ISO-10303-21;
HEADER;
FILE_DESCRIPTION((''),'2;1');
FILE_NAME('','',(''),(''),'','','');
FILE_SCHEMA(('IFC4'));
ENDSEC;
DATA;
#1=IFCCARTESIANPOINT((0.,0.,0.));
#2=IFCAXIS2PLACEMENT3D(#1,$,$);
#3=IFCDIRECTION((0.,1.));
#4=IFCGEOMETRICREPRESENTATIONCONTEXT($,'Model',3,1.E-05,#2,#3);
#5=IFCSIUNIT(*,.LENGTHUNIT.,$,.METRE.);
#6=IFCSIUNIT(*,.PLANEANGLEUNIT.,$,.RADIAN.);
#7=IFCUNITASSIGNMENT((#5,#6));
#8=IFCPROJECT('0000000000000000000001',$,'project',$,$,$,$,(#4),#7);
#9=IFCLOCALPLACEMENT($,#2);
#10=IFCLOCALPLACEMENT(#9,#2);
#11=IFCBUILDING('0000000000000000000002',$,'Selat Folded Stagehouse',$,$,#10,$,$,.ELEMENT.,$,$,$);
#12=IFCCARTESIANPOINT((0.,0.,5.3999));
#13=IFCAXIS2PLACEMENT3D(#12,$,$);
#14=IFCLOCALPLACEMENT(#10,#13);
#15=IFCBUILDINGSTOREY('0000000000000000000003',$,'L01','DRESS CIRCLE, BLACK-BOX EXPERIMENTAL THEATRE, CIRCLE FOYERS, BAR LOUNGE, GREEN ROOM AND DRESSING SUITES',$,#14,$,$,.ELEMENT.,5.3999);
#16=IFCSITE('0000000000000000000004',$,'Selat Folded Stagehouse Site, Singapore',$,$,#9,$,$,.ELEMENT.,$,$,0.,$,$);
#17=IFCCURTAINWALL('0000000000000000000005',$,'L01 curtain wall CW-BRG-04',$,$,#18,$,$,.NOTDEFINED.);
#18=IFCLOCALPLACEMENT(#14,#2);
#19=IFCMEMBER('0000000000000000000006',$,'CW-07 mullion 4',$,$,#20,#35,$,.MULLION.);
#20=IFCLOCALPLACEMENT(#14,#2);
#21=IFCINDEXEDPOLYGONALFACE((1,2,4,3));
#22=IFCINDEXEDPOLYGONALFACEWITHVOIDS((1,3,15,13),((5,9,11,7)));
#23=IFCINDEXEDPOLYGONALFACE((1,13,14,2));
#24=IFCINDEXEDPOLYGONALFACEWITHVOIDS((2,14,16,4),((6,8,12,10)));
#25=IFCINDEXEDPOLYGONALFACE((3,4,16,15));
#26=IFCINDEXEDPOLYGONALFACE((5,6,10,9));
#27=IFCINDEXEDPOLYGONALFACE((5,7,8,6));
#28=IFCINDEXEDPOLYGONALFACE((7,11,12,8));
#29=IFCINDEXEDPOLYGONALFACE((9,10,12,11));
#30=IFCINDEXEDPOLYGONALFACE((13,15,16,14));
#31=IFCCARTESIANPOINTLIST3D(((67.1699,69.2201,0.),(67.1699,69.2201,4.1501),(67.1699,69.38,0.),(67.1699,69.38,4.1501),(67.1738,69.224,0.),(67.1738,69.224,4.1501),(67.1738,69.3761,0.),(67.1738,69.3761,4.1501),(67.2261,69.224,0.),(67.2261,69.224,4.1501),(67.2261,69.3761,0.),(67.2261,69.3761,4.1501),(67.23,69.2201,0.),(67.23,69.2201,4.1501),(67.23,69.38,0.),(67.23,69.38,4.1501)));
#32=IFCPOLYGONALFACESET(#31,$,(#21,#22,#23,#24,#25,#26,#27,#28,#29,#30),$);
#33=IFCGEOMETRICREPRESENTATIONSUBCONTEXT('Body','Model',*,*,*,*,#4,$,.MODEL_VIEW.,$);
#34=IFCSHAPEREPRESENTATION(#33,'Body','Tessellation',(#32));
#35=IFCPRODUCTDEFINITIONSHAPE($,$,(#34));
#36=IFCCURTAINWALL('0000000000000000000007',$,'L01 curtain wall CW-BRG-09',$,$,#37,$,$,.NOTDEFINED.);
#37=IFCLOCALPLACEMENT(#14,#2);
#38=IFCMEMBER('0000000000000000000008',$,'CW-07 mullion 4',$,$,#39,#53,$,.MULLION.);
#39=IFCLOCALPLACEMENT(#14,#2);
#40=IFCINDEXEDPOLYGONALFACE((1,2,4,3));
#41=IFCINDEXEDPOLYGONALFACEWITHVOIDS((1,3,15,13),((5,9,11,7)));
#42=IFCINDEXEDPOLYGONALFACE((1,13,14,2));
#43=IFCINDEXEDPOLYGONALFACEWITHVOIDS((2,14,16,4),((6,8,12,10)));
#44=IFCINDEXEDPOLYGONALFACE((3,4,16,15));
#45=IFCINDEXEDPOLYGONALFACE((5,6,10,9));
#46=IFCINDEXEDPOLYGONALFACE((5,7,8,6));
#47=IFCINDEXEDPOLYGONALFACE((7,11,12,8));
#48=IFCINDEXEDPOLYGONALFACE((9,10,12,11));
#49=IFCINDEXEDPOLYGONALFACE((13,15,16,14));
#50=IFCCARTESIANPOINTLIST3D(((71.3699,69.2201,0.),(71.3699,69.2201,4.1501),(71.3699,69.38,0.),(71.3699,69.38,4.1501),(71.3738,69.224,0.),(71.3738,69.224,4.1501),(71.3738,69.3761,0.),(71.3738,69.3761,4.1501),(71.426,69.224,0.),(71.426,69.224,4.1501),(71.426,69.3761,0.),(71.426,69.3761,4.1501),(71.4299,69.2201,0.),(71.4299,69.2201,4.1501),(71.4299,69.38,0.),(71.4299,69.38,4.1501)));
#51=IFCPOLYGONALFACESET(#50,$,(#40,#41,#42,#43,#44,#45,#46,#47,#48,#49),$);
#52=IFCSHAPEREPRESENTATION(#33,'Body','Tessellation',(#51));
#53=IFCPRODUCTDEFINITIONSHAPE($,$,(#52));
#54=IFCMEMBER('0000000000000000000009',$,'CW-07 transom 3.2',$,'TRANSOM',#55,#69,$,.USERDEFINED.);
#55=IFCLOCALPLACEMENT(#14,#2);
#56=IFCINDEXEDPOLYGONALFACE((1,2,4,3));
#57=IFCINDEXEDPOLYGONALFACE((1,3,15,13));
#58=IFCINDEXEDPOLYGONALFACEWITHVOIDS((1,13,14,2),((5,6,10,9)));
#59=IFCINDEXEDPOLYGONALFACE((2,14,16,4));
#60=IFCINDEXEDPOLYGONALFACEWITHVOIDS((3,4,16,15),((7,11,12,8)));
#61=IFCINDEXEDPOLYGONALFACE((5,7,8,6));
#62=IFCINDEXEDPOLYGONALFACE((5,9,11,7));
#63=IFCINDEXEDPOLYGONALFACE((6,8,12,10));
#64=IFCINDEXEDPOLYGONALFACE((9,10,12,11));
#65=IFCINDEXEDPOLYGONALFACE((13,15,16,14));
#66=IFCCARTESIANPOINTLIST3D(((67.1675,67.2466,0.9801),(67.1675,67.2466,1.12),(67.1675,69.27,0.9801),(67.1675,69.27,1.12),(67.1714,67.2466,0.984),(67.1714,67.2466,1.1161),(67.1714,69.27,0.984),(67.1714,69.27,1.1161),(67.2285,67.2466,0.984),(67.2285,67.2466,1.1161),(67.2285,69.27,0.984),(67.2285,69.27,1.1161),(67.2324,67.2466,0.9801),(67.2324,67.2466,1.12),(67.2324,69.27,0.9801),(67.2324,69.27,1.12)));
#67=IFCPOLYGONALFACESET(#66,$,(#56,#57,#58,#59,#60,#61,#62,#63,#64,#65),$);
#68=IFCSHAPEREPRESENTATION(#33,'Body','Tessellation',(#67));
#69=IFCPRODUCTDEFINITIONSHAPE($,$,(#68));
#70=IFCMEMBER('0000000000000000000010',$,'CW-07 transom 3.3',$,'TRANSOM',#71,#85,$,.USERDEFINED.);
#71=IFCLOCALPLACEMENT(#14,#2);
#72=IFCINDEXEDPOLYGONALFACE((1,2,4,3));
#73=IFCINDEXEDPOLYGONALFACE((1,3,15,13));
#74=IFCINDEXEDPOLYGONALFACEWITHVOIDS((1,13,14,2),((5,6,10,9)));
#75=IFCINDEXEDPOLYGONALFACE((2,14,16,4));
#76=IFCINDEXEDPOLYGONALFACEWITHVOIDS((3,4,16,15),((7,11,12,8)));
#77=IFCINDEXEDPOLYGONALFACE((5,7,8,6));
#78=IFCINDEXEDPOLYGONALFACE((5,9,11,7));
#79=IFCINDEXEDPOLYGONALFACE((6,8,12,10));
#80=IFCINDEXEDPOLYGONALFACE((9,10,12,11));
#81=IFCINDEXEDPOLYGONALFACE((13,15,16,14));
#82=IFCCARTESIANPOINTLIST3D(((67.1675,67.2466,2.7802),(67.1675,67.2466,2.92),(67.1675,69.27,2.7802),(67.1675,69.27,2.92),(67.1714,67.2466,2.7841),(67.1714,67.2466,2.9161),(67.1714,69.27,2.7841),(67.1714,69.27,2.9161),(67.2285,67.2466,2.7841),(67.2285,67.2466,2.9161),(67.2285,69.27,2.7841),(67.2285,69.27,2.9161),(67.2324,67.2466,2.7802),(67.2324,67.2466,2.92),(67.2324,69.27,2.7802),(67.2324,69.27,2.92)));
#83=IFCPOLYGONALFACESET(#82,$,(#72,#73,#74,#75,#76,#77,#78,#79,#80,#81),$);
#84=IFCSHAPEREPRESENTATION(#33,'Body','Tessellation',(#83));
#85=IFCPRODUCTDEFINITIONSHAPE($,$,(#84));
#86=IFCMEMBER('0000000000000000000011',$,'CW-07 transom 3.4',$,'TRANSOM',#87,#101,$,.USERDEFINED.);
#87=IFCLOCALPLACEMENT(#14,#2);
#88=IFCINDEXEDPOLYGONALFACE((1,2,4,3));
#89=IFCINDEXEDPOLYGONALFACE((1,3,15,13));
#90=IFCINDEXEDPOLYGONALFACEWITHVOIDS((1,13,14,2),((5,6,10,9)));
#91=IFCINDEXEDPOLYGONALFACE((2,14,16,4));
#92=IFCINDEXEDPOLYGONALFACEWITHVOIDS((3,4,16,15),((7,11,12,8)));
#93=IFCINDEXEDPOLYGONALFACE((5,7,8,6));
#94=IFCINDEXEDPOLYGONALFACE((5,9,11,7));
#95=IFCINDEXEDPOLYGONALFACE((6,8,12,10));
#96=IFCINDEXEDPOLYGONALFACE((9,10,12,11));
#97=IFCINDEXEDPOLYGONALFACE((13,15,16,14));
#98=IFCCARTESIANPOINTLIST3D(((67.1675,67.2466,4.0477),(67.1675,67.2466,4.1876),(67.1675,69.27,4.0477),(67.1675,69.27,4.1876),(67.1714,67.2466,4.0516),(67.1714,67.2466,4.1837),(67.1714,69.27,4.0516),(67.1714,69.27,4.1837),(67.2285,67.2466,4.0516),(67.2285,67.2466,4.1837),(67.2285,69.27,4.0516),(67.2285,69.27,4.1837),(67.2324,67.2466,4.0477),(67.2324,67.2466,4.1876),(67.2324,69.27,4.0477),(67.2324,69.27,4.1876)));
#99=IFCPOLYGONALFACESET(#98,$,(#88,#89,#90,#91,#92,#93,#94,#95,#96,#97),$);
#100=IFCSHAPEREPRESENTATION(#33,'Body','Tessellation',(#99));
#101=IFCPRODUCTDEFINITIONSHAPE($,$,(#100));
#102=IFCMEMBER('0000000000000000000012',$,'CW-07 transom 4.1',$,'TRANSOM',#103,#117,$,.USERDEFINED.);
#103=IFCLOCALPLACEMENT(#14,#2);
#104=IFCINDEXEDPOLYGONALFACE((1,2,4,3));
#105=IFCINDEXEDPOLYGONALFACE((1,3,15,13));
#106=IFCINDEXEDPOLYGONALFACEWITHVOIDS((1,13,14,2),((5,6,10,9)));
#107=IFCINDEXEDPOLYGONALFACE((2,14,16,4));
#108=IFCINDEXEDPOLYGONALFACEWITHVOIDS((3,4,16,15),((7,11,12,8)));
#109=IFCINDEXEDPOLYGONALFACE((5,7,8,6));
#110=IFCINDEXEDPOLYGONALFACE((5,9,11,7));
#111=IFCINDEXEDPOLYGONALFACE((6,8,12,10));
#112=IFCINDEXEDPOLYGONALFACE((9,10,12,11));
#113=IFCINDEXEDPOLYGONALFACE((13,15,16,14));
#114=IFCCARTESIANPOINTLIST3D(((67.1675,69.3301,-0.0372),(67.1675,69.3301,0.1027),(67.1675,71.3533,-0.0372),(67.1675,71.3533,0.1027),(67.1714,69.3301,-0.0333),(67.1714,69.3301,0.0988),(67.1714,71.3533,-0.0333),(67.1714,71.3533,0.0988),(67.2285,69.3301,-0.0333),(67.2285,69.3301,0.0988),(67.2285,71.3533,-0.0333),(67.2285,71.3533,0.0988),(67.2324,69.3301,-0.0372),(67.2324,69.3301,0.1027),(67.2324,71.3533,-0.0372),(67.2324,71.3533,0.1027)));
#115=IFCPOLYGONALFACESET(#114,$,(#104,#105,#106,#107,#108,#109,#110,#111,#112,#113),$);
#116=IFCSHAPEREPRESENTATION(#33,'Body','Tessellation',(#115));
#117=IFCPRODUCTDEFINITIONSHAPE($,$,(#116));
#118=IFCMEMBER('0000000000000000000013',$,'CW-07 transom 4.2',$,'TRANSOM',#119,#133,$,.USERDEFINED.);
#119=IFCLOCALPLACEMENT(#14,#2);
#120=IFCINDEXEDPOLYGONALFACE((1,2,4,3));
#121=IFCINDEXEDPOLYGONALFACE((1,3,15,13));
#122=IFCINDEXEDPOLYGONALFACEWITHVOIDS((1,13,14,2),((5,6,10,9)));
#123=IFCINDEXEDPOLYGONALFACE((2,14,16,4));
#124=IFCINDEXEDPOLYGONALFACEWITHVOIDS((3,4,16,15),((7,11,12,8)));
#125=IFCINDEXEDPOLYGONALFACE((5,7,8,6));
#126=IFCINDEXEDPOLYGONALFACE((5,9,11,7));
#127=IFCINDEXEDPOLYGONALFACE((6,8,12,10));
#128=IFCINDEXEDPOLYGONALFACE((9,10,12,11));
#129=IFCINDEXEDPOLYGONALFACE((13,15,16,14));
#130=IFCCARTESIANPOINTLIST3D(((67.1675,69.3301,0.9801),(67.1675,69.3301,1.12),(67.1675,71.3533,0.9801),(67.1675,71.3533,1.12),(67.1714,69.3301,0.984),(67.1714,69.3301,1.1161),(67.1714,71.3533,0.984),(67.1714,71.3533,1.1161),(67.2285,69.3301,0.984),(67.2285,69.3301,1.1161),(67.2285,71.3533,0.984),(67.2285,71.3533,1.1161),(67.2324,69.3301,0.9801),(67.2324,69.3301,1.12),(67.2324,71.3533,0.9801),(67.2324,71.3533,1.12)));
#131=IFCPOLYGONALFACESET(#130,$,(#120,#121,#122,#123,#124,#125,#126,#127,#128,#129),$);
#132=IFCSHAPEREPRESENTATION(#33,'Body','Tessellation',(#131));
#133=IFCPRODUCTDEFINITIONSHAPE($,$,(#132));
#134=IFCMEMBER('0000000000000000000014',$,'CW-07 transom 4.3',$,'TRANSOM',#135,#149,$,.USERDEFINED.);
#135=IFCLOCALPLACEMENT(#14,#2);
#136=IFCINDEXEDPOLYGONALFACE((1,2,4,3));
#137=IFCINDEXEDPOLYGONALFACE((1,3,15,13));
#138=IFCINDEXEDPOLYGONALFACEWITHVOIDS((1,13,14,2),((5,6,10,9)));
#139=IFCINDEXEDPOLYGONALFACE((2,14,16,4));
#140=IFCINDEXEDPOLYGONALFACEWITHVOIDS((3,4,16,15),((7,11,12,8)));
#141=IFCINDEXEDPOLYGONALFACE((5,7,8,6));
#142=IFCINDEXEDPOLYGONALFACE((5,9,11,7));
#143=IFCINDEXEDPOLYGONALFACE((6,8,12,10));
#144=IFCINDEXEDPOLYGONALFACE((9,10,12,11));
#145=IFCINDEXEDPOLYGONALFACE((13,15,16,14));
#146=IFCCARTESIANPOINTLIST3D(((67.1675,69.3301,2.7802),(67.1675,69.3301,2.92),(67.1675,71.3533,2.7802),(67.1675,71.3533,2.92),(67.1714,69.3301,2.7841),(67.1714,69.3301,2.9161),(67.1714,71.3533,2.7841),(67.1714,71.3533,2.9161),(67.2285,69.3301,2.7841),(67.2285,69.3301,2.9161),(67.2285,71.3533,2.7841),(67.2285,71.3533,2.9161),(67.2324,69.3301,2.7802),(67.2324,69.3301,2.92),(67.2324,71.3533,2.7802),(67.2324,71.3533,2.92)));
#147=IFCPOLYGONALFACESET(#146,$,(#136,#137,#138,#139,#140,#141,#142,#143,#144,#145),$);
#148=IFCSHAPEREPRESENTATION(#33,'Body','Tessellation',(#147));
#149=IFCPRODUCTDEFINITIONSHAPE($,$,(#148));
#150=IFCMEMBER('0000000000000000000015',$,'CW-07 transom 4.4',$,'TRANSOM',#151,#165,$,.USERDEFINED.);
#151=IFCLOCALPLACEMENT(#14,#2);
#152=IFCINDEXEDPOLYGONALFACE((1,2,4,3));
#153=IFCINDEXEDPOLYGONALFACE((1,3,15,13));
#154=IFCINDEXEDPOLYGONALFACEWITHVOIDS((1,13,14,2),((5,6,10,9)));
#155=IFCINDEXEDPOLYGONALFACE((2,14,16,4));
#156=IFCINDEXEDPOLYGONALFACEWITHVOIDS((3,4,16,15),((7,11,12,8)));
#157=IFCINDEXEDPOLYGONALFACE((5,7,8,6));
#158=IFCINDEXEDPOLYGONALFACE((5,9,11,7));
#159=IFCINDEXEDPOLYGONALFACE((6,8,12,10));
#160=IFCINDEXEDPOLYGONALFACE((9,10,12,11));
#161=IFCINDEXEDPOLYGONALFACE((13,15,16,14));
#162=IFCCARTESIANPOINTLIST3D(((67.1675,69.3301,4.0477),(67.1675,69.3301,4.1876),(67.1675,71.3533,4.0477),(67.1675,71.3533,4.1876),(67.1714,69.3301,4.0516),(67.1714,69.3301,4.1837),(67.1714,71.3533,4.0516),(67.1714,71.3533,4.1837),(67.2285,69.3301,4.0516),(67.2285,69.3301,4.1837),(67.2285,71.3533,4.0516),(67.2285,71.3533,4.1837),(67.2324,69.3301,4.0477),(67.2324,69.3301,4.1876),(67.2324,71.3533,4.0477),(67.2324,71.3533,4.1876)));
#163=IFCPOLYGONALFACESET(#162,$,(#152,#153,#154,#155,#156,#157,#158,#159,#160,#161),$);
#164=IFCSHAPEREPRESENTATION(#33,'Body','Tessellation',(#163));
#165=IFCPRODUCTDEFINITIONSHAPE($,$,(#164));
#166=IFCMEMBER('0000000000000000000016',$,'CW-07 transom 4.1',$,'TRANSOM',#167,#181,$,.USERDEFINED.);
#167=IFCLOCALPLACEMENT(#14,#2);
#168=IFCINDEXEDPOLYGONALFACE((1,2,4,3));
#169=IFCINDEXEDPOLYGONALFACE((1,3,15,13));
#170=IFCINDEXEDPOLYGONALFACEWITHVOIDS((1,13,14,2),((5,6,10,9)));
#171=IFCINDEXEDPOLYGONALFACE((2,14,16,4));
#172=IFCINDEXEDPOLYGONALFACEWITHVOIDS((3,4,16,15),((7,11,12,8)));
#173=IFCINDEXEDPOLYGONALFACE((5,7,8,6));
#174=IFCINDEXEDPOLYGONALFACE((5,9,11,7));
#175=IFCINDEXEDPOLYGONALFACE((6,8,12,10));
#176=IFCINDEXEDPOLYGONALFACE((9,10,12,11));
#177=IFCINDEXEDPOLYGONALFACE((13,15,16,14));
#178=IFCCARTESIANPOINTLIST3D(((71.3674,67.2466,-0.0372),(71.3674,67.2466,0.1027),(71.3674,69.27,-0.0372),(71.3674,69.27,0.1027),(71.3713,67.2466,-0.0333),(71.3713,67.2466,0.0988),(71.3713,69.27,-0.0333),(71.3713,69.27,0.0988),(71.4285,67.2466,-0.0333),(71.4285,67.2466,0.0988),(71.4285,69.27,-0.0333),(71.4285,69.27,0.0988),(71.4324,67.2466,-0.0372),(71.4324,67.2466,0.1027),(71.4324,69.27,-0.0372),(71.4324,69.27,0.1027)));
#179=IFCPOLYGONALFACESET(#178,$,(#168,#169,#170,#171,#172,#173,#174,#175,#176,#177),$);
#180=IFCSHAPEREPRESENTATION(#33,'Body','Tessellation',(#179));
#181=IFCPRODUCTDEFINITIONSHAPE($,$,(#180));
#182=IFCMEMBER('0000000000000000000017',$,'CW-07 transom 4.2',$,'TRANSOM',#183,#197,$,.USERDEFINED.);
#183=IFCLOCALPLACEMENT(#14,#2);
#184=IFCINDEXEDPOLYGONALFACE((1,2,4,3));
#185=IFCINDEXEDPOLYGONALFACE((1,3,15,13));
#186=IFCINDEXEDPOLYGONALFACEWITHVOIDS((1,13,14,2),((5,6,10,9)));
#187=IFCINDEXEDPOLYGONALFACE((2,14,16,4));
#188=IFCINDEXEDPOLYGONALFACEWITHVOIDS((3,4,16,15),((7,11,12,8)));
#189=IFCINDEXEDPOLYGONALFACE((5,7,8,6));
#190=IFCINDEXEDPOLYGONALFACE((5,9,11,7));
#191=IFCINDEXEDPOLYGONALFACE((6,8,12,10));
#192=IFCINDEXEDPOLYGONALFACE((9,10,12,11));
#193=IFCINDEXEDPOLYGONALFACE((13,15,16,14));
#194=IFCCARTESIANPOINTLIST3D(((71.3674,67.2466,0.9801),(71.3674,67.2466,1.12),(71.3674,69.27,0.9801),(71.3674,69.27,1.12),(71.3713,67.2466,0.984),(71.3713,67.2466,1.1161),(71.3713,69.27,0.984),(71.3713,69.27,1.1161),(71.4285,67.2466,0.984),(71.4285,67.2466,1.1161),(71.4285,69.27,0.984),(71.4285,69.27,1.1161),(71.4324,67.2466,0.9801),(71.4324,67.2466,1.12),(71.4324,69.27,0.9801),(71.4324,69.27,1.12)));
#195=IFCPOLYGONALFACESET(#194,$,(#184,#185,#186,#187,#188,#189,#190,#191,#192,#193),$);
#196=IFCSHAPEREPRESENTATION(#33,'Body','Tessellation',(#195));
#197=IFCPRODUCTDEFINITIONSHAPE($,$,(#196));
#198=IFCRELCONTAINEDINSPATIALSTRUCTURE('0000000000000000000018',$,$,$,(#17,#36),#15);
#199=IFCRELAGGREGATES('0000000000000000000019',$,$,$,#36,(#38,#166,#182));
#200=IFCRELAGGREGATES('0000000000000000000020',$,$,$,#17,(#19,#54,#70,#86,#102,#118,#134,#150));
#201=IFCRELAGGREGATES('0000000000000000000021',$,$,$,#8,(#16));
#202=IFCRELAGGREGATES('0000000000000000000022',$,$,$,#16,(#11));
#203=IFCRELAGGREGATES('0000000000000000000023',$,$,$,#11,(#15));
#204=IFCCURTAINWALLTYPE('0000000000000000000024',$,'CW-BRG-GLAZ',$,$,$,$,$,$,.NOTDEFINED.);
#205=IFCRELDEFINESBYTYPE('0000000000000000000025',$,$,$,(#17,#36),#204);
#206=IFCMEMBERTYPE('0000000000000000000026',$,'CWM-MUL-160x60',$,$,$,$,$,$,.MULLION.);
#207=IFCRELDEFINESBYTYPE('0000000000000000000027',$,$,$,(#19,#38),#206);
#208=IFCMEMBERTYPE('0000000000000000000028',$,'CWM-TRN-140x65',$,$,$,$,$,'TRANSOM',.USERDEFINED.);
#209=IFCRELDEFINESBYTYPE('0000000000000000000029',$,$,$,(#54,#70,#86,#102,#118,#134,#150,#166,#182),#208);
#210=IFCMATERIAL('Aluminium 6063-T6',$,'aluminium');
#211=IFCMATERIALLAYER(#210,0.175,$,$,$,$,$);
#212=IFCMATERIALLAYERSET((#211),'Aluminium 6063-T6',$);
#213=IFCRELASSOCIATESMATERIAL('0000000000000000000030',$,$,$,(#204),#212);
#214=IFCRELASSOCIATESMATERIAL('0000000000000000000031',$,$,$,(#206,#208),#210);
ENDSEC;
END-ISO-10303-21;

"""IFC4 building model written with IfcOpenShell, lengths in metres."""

from ifc_helpers import new_model, si_unit, direction, frame, origin, origin_2d, place, context, subcontext, project, spatial, hollow_rectangle, extrude, material, layer, layer_set, material_profile, profile_set, type_object, element, aggregate, save


model = new_model("IFC4")

# Units and contexts
model_context = context("Model", 3, precision=1e-05, world=origin(), true_north=direction((0.0, 1.0)))
body_context = subcontext(model_context, "Body", "Model", "MODEL_VIEW")
ifc_project = project(units=[si_unit("LENGTHUNIT", "METRE"), si_unit("PLANEANGLEUNIT", "RADIAN")], contexts=[model_context])

# Site, building, storey
site_placement = place(None, origin())
site = spatial("IfcSite", under=ifc_project, at=site_placement, Name="Selat Folded Stagehouse Site, Singapore", CompositionType="ELEMENT", RefElevation=0.0)
building_placement = place(site_placement, origin())
building = spatial("IfcBuilding", under=site, at=building_placement, Name="Selat Folded Stagehouse", CompositionType="ELEMENT")
storey_placement = place(building_placement, frame((0.0, 0.0, 5.3999)))
storey = spatial("IfcBuildingStorey", under=building, at=storey_placement, Name="L01", Description="DRESS CIRCLE, BLACK-BOX EXPERIMENTAL THEATRE, CIRCLE FOYERS, BAR LOUNGE, GREEN ROOM AND DRESSING SUITES", CompositionType="ELEMENT", Elevation=5.3999)

# Curtain walls, members
ifc_material_1 = material(Name="Aluminium 6063-T6", Category="aluminium")
ifc_layer_1 = layer(ifc_material_1, 0.175)
ifc_layer_set_1 = layer_set([ifc_layer_1], Name="Aluminium 6063-T6")
curtain_wall_type = type_object("IfcCurtainWallType", Name="CW-BRG-GLAZ", PredefinedType="NOTDEFINED", material=ifc_layer_set_1)
curtain_wall_1_placement = place(storey_placement, origin())
curtain_wall_1 = element("IfcCurtainWall", 1, at=curtain_wall_1_placement, inside=storey, type_object=curtain_wall_type, Name="L01 curtain wall CW-BRG-04", PredefinedType="NOTDEFINED")
ifc_material_profile_1 = material_profile(ifc_material_1, hollow_rectangle(XDim=0.0601, YDim=0.1599, WallThickness=0.0039, at=origin_2d()), Name="ALU 160x60x4.0")
ifc_profile_set_1 = profile_set([ifc_material_profile_1], Name="Aluminium 6063-T6")
member_type_1 = type_object("IfcMemberType", Name="CWM-MUL-160x60", PredefinedType="MULLION", material=ifc_profile_set_1)
member_1_placement = place(storey_placement, frame((67.2, 69.3, 0.0), z_axis=(0.0, 0.0, 1.0), x_axis=(-1.0, 0.0, 0.0)))
member_1 = element("IfcMember", 2, at=member_1_placement, type_object=member_type_1, Name="CW-07 mullion 4", PredefinedType="MULLION", context=body_context, shape_type="SweptSolid", body=[
    extrude(hollow_rectangle(XDim=0.0601, YDim=0.1599, WallThickness=0.0039, at=origin_2d()), origin(), (0.0, 0.0, 1.0), 4.1501),
])
curtain_wall_2_placement = place(storey_placement, origin())
curtain_wall_2 = element("IfcCurtainWall", 3, at=curtain_wall_2_placement, inside=storey, type_object=curtain_wall_type, Name="L01 curtain wall CW-BRG-09", PredefinedType="NOTDEFINED")
member_2_placement = place(storey_placement, frame((71.3999, 69.3, 0.0), z_axis=(0.0, 0.0, 1.0), x_axis=(1.0, 0.0, 0.0)))
member_2 = element("IfcMember", 4, at=member_2_placement, type_object=member_type_1, Name="CW-07 mullion 4", PredefinedType="MULLION", context=body_context, shape_type="SweptSolid", body=[
    extrude(hollow_rectangle(XDim=0.0601, YDim=0.1599, WallThickness=0.0039, at=origin_2d()), origin(), (0.0, 0.0, 1.0), 4.1501),
])

# Members
ifc_material_profile_2 = material_profile(ifc_material_1, hollow_rectangle(XDim=0.0649, YDim=0.1399, WallThickness=0.0039, at=origin_2d()), Name="ALU 140x65x4.0")
ifc_profile_set_2 = profile_set([ifc_material_profile_2], Name="Aluminium 6063-T6")
member_type_2 = type_object("IfcMemberType", Name="CWM-TRN-140x65", ElementType="TRANSOM", PredefinedType="USERDEFINED", material=ifc_profile_set_2)
member_3_placement = place(storey_placement, frame((67.2, 67.2466, 1.05), z_axis=(0.0, 1.0, 0.0), x_axis=(-1.0, 0.0, 0.0)))
member_3 = element("IfcMember", 5, at=member_3_placement, type_object=member_type_2, Name="CW-07 transom 3.2", ObjectType="TRANSOM", PredefinedType="USERDEFINED", context=body_context, shape_type="SweptSolid", body=[
    extrude(hollow_rectangle(XDim=0.0649, YDim=0.1399, WallThickness=0.0039, at=origin_2d()), origin(), (0.0, 0.0, 1.0), 2.0234),
])
member_4_placement = place(storey_placement, frame((67.2, 67.2466, 2.8501), z_axis=(0.0, 1.0, 0.0), x_axis=(-1.0, 0.0, 0.0)))
member_4 = element("IfcMember", 6, at=member_4_placement, type_object=member_type_2, Name="CW-07 transom 3.3", ObjectType="TRANSOM", PredefinedType="USERDEFINED", context=body_context, shape_type="SweptSolid", body=[
    extrude(hollow_rectangle(XDim=0.0649, YDim=0.1399, WallThickness=0.0039, at=origin_2d()), origin(), (0.0, 0.0, 1.0), 2.0234),
])
member_5_placement = place(storey_placement, frame((67.2, 67.2466, 4.1177), z_axis=(0.0, 1.0, 0.0), x_axis=(-1.0, 0.0, 0.0)))
member_5 = element("IfcMember", 7, at=member_5_placement, type_object=member_type_2, Name="CW-07 transom 3.4", ObjectType="TRANSOM", PredefinedType="USERDEFINED", context=body_context, shape_type="SweptSolid", body=[
    extrude(hollow_rectangle(XDim=0.0649, YDim=0.1399, WallThickness=0.0039, at=origin_2d()), origin(), (0.0, 0.0, 1.0), 2.0234),
])
member_6_placement = place(storey_placement, frame((67.2, 69.3301, 0.0327), z_axis=(0.0, 1.0, 0.0), x_axis=(-1.0, 0.0, 0.0)))
member_6 = element("IfcMember", 8, at=member_6_placement, type_object=member_type_2, Name="CW-07 transom 4.1", ObjectType="TRANSOM", PredefinedType="USERDEFINED", context=body_context, shape_type="SweptSolid", body=[
    extrude(hollow_rectangle(XDim=0.0649, YDim=0.1399, WallThickness=0.0039, at=origin_2d()), origin(), (0.0, 0.0, 1.0), 2.0232),
])
member_7_placement = place(storey_placement, frame((67.2, 69.3301, 1.05), z_axis=(0.0, 1.0, 0.0), x_axis=(-1.0, 0.0, 0.0)))
member_7 = element("IfcMember", 9, at=member_7_placement, type_object=member_type_2, Name="CW-07 transom 4.2", ObjectType="TRANSOM", PredefinedType="USERDEFINED", context=body_context, shape_type="SweptSolid", body=[
    extrude(hollow_rectangle(XDim=0.0649, YDim=0.1399, WallThickness=0.0039, at=origin_2d()), origin(), (0.0, 0.0, 1.0), 2.0232),
])
member_8_placement = place(storey_placement, frame((67.2, 69.3301, 2.8501), z_axis=(0.0, 1.0, 0.0), x_axis=(-1.0, 0.0, 0.0)))
member_8 = element("IfcMember", 10, at=member_8_placement, type_object=member_type_2, Name="CW-07 transom 4.3", ObjectType="TRANSOM", PredefinedType="USERDEFINED", context=body_context, shape_type="SweptSolid", body=[
    extrude(hollow_rectangle(XDim=0.0649, YDim=0.1399, WallThickness=0.0039, at=origin_2d()), origin(), (0.0, 0.0, 1.0), 2.0232),
])
member_9_placement = place(storey_placement, frame((67.2, 69.3301, 4.1177), z_axis=(0.0, 1.0, 0.0), x_axis=(-1.0, 0.0, 0.0)))
member_9 = element("IfcMember", 11, at=member_9_placement, type_object=member_type_2, Name="CW-07 transom 4.4", ObjectType="TRANSOM", PredefinedType="USERDEFINED", context=body_context, shape_type="SweptSolid", body=[
    extrude(hollow_rectangle(XDim=0.0649, YDim=0.1399, WallThickness=0.0039, at=origin_2d()), origin(), (0.0, 0.0, 1.0), 2.0232),
])
member_10_placement = place(storey_placement, frame((71.3999, 69.27, 0.0327), z_axis=(0.0, -1.0, 0.0), x_axis=(1.0, 0.0, 0.0)))
member_10 = element("IfcMember", 12, at=member_10_placement, type_object=member_type_2, Name="CW-07 transom 4.1", ObjectType="TRANSOM", PredefinedType="USERDEFINED", context=body_context, shape_type="SweptSolid", body=[
    extrude(hollow_rectangle(XDim=0.0649, YDim=0.1399, WallThickness=0.0039, at=origin_2d()), origin(), (0.0, 0.0, 1.0), 2.0234),
])
member_11_placement = place(storey_placement, frame((71.3999, 69.27, 1.05), z_axis=(0.0, -1.0, 0.0), x_axis=(1.0, 0.0, 0.0)))
member_11 = element("IfcMember", 13, at=member_11_placement, type_object=member_type_2, Name="CW-07 transom 4.2", ObjectType="TRANSOM", PredefinedType="USERDEFINED", context=body_context, shape_type="SweptSolid", body=[
    extrude(hollow_rectangle(XDim=0.0649, YDim=0.1399, WallThickness=0.0039, at=origin_2d()), origin(), (0.0, 0.0, 1.0), 2.0234),
])

aggregate(curtain_wall_2, [member_2, member_10, member_11])
aggregate(curtain_wall_1, [member_1, member_3, member_4, member_5, member_6, member_7, member_8, member_9])

save(model, "model.ifc")
